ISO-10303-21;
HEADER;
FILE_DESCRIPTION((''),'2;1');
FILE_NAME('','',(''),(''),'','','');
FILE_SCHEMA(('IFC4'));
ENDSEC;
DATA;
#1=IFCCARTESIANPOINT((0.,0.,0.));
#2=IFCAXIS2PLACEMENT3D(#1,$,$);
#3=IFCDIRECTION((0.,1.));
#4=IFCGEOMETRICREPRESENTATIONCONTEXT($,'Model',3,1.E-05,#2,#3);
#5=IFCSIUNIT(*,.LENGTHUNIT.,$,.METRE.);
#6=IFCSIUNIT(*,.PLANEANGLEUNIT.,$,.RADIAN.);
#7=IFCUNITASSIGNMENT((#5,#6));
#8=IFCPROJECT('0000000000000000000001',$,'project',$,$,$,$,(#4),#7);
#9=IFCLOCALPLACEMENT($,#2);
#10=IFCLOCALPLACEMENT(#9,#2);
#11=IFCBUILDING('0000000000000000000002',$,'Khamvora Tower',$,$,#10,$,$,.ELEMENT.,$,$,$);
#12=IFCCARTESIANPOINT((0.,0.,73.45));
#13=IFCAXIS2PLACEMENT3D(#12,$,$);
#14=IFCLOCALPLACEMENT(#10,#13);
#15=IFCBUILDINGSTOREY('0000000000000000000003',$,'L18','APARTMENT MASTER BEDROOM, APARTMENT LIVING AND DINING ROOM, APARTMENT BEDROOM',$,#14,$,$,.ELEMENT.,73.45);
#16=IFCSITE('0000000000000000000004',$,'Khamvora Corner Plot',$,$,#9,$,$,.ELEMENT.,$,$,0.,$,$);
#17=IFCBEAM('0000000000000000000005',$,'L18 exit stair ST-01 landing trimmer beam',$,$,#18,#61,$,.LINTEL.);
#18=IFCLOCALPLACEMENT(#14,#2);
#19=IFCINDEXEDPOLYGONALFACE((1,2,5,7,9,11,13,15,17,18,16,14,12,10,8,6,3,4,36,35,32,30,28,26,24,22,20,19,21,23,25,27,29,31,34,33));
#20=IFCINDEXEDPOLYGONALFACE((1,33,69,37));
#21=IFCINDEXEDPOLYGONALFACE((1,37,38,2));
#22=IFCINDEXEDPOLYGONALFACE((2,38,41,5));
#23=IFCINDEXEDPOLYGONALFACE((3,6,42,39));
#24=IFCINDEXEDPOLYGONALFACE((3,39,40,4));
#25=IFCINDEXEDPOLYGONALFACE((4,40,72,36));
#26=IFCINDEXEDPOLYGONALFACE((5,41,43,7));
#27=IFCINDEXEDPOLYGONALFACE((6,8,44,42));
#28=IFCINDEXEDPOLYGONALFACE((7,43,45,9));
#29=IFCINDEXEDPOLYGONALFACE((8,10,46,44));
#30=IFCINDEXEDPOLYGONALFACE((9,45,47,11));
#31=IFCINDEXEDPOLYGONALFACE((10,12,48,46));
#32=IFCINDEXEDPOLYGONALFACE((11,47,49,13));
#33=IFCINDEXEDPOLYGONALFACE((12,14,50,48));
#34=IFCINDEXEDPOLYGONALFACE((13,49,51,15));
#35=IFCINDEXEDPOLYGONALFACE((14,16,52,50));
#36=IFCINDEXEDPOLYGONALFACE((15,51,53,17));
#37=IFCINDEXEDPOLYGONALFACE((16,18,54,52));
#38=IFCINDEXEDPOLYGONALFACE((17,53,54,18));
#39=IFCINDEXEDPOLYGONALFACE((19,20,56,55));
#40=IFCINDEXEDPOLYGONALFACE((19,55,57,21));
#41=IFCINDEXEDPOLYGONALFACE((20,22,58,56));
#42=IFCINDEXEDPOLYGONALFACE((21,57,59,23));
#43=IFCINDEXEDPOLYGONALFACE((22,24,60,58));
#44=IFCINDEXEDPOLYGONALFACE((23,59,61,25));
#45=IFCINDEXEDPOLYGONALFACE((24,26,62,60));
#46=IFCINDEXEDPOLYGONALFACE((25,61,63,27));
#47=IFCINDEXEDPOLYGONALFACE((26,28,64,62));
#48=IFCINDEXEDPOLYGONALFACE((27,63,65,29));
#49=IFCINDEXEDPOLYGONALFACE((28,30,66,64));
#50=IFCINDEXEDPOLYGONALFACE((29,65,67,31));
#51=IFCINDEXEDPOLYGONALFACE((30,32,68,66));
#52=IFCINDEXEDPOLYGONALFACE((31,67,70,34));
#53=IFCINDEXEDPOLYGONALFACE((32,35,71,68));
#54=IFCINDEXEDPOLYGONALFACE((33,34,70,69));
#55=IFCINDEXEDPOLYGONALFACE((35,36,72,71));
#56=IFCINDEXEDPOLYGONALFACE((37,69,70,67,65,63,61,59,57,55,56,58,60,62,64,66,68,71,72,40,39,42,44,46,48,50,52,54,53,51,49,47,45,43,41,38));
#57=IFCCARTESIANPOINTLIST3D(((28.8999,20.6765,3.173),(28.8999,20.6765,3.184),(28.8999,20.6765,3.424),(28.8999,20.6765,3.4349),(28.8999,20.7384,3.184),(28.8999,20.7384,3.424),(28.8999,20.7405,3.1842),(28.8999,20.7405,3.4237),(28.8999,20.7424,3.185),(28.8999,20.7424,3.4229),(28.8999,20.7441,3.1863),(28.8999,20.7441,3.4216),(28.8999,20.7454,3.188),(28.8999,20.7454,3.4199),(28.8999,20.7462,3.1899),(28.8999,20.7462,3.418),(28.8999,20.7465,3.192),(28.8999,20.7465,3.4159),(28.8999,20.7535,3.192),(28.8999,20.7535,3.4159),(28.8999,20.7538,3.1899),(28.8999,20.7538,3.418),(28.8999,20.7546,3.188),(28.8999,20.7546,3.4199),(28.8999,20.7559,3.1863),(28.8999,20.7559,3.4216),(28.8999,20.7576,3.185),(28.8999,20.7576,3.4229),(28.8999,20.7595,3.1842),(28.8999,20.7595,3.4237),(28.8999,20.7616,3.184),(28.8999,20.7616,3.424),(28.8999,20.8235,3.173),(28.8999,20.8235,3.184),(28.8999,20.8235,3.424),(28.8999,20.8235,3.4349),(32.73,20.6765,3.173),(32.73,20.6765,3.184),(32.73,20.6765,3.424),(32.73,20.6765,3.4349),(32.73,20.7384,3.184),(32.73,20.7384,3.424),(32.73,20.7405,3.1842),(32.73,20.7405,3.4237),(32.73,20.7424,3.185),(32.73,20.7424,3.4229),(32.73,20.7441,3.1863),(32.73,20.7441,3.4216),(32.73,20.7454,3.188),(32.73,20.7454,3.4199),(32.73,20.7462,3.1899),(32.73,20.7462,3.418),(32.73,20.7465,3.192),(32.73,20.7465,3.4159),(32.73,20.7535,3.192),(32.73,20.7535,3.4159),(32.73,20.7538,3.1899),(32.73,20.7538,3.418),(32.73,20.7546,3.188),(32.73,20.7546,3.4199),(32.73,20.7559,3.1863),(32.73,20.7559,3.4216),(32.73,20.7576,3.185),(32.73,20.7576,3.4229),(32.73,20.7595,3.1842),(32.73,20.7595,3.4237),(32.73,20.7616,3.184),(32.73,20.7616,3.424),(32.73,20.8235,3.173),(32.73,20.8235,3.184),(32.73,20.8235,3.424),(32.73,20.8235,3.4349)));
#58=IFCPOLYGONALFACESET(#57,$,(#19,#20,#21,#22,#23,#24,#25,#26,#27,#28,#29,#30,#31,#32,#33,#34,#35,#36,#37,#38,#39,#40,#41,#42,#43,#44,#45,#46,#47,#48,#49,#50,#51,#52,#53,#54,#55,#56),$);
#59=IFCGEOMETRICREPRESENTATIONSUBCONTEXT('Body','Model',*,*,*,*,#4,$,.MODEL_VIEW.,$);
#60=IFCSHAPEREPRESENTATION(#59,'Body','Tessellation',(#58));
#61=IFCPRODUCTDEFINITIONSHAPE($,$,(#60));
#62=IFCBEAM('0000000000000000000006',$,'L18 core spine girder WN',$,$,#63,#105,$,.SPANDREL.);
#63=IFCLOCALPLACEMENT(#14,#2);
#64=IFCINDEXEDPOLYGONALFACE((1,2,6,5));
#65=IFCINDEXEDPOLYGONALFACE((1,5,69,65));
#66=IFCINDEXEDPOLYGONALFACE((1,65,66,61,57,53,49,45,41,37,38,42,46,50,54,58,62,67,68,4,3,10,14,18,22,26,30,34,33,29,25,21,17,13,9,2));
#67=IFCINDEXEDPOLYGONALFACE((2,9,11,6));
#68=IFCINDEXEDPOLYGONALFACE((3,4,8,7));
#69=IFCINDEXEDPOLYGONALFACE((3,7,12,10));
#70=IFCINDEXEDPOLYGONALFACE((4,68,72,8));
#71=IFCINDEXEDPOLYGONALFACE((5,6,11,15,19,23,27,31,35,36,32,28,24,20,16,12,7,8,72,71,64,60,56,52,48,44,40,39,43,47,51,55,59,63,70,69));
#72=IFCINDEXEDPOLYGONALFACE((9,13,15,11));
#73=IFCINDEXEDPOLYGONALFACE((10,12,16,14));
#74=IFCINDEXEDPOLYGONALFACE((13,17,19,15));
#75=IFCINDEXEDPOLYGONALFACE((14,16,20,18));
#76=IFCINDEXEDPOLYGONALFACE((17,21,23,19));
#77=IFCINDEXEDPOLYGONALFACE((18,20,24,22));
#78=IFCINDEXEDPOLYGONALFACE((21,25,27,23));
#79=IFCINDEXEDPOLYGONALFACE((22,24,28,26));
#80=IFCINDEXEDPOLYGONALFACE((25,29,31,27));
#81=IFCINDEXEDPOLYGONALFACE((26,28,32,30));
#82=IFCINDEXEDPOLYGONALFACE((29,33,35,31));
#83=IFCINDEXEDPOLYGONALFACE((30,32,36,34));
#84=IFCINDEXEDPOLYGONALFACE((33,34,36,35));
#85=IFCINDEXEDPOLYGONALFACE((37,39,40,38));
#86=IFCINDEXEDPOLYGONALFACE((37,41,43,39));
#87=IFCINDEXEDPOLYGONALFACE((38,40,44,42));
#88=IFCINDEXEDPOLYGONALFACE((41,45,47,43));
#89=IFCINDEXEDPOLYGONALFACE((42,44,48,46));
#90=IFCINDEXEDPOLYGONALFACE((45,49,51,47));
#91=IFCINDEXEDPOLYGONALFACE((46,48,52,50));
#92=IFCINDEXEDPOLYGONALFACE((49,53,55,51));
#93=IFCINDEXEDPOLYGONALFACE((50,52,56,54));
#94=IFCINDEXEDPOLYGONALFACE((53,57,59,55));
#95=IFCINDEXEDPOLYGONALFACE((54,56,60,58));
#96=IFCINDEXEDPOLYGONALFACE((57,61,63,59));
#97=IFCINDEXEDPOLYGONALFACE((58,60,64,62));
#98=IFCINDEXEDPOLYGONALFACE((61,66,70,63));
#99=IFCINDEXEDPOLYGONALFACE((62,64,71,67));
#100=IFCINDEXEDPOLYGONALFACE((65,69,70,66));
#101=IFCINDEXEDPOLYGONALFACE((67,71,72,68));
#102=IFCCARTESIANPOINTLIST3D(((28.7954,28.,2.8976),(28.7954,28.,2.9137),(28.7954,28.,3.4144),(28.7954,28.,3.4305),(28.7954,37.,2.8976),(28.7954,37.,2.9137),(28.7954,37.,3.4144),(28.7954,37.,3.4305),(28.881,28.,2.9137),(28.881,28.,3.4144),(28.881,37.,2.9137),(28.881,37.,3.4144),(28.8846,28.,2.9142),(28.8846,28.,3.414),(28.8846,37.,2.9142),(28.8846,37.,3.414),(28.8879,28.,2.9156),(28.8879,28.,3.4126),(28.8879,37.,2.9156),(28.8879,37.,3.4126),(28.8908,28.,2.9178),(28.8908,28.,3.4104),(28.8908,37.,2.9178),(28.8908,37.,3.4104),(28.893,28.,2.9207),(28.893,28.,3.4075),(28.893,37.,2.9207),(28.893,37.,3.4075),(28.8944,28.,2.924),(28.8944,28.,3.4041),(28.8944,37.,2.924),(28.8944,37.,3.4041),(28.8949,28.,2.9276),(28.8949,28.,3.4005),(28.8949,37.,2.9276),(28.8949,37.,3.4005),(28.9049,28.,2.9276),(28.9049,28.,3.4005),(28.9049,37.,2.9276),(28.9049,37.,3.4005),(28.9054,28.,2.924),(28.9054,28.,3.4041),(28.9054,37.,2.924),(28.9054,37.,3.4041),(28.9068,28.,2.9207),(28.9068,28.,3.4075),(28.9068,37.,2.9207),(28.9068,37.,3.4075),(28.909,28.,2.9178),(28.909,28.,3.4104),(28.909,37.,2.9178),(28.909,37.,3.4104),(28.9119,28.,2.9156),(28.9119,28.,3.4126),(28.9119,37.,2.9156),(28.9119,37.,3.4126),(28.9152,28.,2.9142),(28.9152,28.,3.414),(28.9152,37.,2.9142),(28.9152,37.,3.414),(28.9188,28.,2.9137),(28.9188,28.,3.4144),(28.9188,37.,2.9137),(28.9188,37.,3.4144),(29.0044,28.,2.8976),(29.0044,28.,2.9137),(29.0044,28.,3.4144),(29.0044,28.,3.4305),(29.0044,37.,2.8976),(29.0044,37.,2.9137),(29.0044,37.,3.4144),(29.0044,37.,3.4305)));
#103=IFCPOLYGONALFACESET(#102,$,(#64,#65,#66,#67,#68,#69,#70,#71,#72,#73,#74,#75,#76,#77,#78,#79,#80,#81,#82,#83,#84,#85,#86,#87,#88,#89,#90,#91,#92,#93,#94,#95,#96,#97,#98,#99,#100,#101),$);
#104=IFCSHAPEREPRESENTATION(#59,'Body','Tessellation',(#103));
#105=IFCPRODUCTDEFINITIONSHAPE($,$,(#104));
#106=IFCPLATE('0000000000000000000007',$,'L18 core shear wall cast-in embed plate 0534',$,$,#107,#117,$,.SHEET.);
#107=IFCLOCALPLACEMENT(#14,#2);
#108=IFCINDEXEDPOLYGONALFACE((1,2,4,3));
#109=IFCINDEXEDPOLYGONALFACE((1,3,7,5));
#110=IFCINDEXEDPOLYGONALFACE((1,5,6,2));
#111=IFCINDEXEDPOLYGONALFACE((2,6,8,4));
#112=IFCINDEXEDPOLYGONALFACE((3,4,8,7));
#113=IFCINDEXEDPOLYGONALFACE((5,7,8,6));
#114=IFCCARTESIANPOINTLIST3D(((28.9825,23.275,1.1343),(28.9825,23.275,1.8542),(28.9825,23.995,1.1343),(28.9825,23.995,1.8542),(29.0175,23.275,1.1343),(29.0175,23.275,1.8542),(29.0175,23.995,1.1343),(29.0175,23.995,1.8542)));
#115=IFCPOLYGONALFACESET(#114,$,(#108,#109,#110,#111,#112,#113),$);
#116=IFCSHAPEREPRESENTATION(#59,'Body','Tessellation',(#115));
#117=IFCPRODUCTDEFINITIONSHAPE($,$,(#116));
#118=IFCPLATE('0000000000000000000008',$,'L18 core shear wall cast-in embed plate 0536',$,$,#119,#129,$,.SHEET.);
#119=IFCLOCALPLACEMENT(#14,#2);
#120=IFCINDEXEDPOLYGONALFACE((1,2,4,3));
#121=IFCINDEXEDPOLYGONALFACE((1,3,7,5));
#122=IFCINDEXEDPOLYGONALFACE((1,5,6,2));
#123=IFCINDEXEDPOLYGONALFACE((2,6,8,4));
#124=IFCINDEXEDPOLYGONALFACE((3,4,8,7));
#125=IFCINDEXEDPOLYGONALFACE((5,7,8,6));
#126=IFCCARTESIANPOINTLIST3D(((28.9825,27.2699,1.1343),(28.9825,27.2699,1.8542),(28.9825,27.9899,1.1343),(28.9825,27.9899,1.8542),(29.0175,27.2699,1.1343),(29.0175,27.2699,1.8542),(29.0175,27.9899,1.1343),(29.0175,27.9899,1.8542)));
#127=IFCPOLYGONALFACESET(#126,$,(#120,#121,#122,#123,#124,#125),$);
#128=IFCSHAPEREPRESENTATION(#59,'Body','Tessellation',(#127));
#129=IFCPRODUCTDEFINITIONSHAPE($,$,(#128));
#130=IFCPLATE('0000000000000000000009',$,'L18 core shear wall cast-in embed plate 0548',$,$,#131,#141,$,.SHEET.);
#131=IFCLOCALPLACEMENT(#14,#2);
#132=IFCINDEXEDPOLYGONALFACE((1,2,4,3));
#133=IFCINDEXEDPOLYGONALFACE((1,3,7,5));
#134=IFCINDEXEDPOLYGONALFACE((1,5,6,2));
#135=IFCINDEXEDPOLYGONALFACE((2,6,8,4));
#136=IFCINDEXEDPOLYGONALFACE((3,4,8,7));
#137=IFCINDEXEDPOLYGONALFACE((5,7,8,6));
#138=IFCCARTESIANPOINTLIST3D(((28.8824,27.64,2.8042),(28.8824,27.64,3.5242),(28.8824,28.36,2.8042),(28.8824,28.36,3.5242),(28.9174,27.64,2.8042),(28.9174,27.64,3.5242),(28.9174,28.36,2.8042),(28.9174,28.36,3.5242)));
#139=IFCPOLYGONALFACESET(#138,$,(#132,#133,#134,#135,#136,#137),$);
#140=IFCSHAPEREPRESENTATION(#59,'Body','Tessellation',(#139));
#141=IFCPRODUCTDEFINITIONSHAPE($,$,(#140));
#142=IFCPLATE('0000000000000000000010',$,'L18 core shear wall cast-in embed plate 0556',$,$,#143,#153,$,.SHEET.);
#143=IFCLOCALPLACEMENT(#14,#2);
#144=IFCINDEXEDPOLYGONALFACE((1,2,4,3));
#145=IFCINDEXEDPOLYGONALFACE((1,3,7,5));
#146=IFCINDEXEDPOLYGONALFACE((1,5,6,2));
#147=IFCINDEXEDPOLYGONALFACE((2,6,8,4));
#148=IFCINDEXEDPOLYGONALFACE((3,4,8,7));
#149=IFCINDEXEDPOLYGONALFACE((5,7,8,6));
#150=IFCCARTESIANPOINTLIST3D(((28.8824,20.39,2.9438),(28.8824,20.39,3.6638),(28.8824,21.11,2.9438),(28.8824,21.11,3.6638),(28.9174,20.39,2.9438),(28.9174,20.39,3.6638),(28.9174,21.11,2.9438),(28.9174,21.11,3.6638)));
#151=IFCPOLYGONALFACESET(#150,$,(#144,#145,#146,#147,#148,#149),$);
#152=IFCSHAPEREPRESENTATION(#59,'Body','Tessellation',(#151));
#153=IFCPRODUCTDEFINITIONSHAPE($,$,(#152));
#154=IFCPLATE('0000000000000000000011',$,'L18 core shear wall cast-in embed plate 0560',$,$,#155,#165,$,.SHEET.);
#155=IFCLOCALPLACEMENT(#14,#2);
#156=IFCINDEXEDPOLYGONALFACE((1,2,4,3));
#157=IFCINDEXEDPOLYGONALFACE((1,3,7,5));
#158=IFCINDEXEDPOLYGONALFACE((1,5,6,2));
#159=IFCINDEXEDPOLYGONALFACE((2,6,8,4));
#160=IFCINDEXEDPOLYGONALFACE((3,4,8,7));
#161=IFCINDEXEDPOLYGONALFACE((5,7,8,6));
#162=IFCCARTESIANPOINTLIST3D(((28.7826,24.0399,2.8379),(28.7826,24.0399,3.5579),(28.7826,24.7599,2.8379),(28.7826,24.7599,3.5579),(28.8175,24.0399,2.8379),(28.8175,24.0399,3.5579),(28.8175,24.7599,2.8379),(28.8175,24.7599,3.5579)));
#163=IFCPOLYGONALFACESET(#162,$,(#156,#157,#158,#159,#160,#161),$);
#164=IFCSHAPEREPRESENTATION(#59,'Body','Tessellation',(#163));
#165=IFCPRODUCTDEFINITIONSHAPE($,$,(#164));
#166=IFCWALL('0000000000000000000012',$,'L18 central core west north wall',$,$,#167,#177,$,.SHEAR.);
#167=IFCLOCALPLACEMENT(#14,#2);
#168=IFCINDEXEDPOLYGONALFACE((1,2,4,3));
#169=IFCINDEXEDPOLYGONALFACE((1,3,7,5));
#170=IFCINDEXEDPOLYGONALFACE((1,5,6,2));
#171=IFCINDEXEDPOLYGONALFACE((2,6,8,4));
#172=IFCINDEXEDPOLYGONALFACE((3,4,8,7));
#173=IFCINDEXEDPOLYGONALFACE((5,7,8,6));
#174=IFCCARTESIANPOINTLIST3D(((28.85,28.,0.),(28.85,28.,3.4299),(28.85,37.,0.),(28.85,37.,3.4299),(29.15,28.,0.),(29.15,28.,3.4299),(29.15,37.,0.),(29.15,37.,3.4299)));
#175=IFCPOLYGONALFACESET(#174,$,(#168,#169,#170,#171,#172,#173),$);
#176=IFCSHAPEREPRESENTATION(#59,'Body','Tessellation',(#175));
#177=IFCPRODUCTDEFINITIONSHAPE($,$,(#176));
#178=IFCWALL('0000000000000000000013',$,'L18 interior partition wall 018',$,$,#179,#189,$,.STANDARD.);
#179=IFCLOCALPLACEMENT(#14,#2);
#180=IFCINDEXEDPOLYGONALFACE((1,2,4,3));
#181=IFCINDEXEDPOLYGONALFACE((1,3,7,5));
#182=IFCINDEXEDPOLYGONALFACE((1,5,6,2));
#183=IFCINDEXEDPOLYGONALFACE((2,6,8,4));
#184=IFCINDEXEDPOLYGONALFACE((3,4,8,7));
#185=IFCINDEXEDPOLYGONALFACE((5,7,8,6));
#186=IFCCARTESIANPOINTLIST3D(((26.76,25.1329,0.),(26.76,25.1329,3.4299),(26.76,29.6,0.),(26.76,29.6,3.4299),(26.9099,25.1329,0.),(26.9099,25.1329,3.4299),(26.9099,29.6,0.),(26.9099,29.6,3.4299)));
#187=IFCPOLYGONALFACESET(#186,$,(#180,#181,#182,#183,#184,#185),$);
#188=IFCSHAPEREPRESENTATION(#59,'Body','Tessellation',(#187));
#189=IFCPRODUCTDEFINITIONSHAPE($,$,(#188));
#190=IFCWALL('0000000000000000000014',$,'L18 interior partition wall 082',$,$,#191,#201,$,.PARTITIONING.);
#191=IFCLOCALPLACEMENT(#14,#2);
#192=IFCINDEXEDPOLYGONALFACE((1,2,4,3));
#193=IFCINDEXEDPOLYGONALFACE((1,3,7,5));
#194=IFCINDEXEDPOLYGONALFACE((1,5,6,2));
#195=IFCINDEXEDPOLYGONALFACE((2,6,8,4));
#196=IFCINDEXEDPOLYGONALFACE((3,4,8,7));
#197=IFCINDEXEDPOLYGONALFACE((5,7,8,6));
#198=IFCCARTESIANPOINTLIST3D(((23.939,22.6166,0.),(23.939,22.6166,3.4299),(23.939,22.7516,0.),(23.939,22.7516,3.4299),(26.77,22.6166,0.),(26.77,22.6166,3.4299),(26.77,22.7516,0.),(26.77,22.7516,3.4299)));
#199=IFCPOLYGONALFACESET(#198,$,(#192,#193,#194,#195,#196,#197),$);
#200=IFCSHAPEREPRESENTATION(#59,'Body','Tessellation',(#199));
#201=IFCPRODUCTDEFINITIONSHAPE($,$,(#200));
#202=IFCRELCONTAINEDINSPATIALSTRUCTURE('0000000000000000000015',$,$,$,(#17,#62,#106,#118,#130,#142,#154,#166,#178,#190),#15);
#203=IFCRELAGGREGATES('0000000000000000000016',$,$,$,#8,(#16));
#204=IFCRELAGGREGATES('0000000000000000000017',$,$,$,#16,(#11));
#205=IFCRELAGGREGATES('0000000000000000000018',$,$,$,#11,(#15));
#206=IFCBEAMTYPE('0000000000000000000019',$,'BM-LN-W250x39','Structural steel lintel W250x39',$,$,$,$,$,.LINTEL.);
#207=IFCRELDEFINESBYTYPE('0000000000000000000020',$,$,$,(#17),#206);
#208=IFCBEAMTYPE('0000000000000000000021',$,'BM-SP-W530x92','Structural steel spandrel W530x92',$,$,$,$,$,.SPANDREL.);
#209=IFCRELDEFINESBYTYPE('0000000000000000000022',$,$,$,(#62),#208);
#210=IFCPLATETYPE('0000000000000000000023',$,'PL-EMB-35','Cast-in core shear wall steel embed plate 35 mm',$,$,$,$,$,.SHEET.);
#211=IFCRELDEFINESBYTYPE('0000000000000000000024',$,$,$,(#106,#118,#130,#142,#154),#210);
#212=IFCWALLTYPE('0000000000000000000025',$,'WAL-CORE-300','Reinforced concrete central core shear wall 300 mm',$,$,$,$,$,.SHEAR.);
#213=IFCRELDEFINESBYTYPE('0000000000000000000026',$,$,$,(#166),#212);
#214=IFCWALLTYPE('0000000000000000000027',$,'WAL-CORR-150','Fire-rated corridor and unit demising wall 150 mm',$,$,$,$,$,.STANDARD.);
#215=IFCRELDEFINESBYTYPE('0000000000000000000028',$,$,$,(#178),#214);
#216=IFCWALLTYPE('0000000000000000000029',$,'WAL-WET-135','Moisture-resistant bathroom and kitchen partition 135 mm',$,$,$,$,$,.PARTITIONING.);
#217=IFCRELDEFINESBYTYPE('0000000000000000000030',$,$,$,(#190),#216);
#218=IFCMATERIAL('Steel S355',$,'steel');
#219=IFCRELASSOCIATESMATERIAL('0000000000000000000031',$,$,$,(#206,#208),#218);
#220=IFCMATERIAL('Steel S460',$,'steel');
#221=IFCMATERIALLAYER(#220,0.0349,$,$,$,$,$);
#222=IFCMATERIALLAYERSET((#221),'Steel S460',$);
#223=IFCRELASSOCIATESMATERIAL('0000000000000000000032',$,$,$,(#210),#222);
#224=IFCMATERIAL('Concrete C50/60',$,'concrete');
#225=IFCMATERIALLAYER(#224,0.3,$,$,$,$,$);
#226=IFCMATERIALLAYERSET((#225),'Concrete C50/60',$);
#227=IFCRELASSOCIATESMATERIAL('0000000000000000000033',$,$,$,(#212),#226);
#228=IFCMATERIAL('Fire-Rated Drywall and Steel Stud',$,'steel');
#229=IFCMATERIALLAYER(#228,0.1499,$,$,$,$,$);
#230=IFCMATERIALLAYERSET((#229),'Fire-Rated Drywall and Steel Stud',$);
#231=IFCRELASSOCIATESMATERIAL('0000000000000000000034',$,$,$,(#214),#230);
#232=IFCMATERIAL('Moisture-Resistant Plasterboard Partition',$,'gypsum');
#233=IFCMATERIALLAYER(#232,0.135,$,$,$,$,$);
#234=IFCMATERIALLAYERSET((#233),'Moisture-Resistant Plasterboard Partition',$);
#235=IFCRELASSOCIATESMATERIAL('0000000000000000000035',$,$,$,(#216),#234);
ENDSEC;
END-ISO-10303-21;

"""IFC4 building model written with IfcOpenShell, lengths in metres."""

from ifc_helpers import new_model, si_unit, direction, frame, frame_2d, origin, origin_2d, place, context, subcontext, project, spatial, rectangle, i_section, extrude, material, layer, layer_set, material_profile, profile_set, type_object, element, save


model = new_model("IFC4")

# Units and contexts
model_context = context("Model", 3, precision=1e-05, world=origin(), true_north=direction((0.0, 1.0)))
body_context = subcontext(model_context, "Body", "Model", "MODEL_VIEW")
ifc_project = project(units=[si_unit("LENGTHUNIT", "METRE"), si_unit("PLANEANGLEUNIT", "RADIAN")], contexts=[model_context])

# Site, building, storey
site_placement = place(None, origin())
site = spatial("IfcSite", under=ifc_project, at=site_placement, Name="Khamvora Corner Plot", CompositionType="ELEMENT", RefElevation=0.0)
building_placement = place(site_placement, origin())
building = spatial("IfcBuilding", under=site, at=building_placement, Name="Khamvora Tower", CompositionType="ELEMENT")
storey_placement = place(building_placement, frame((0.0, 0.0, 73.45)))
storey = spatial("IfcBuildingStorey", under=building, at=storey_placement, Name="L18", Description="APARTMENT MASTER BEDROOM, APARTMENT LIVING AND DINING ROOM, APARTMENT BEDROOM", CompositionType="ELEMENT", Elevation=73.45)

# Shared definitions
ifc_material_1 = material(Name="Steel S460", Category="steel")

# Beams
ifc_material_2 = material(Name="Steel S355", Category="steel")
ifc_material_profile_1 = material_profile(ifc_material_2, i_section(OverallWidth=0.147, OverallDepth=0.262, WebThickness=0.0071, FlangeThickness=0.011, FilletRadius=0.0081, at=origin_2d()), Name="W250x39")
ifc_profile_set_1 = profile_set([ifc_material_profile_1], Name="Steel S355")
beam_type_1 = type_object("IfcBeamType", Name="BM-LN-W250x39", Description="Structural steel lintel W250x39", PredefinedType="LINTEL", material=ifc_profile_set_1)
beam_1_placement = place(storey_placement, frame((28.8999, 20.75, 3.304), z_axis=(1.0, 0.0, 0.0), x_axis=(0.0, 1.0, 0.0)))
element("IfcBeam", 1, at=beam_1_placement, inside=storey, type_object=beam_type_1, Name="L18 exit stair ST-01 landing trimmer beam", PredefinedType="LINTEL", context=body_context, shape_type="SweptSolid", body=[
    extrude(i_section(OverallWidth=0.147, OverallDepth=0.262, WebThickness=0.0071, FlangeThickness=0.011, FilletRadius=0.0081, at=origin_2d()), origin(), (0.0, 0.0, 1.0), 3.8301),
])
ifc_material_profile_2 = material_profile(ifc_material_2, i_section(OverallWidth=0.209, OverallDepth=0.533, WebThickness=0.01, FlangeThickness=0.0161, FilletRadius=0.0139, at=origin_2d()), Name="W530x92")
ifc_profile_set_2 = profile_set([ifc_material_profile_2], Name="Steel S355")
beam_type_2 = type_object("IfcBeamType", Name="BM-SP-W530x92", Description="Structural steel spandrel W530x92", PredefinedType="SPANDREL", material=ifc_profile_set_2)
beam_2_placement = place(storey_placement, frame((28.8999, 28.0, 3.1641), z_axis=(0.0, 1.0, 0.0), x_axis=(-1.0, 0.0, 0.0)))
element("IfcBeam", 2, at=beam_2_placement, inside=storey, type_object=beam_type_2, Name="L18 core spine girder WN", PredefinedType="SPANDREL", context=body_context, shape_type="SweptSolid", body=[
    extrude(i_section(OverallWidth=0.209, OverallDepth=0.533, WebThickness=0.01, FlangeThickness=0.0161, FilletRadius=0.0139, at=origin_2d()), origin(), (0.0, 0.0, 1.0), 9.0),
])

# Plates
ifc_layer_1 = layer(ifc_material_1, 0.0349)
ifc_layer_set_1 = layer_set([ifc_layer_1], Name="Steel S460")
plate_type = type_object("IfcPlateType", Name="PL-EMB-35", Description="Cast-in core shear wall steel embed plate 35 mm", PredefinedType="SHEET", material=ifc_layer_set_1)
for number, where, z_axis, x_axis, name in (
    (3, (29.0, 23.635, 1.1343), (0.0, 0.0, 1.0), (1.0, 0.0, 0.0), "L18 core shear wall cast-in embed plate 0534"),
    (4, (29.0, 27.6299, 1.1343), (0.0, 0.0, 1.0), (1.0, 0.0, 0.0), "L18 core shear wall cast-in embed plate 0536"),
    (5, (28.8999, 28.0, 2.8042), (0.0, 0.0, 1.0), (1.0, 0.0, 0.0), "L18 core shear wall cast-in embed plate 0548"),
    (6, (28.8999, 20.75, 2.9438), (0.0, 0.0, 1.0), (1.0, 0.0, 0.0), "L18 core shear wall cast-in embed plate 0556"),
    (7, (28.8, 24.3999, 2.8379), (0.0, 0.0, 1.0), (1.0, 0.0, 0.0), "L18 core shear wall cast-in embed plate 0560"),
):
    element("IfcPlate", number, at=place(storey_placement, frame(where, z_axis=z_axis, x_axis=x_axis)), inside=storey, type_object=plate_type, Name=name, PredefinedType="SHEET", context=body_context, shape_type="SweptSolid", body=[
        extrude(rectangle(XDim=0.0349, YDim=0.72, at=origin_2d()), origin(), (0.0, 0.0, 1.0), 0.72),
    ])

# Wall
ifc_material_3 = material(Name="Concrete C50/60", Category="concrete")
ifc_layer_2 = layer(ifc_material_3, 0.3)
ifc_layer_set_2 = layer_set([ifc_layer_2], Name="Concrete C50/60")
wall_type_1 = type_object("IfcWallType", Name="WAL-CORE-300", Description="Reinforced concrete central core shear wall 300 mm", PredefinedType="SHEAR", material=ifc_layer_set_2)
wall_1_placement = place(storey_placement, frame((29.0, 28.0, 0.0), z_axis=(0.0, 0.0, 1.0), x_axis=(0.0, 1.0, 0.0)))
element("IfcWall", 8, at=wall_1_placement, inside=storey, type_object=wall_type_1, Name="L18 central core west north wall", PredefinedType="SHEAR", context=body_context, shape_type="SweptSolid", body=[
    extrude(rectangle(XDim=9.0, YDim=0.3, at=frame_2d((4.5, 0.0))), origin(), (0.0, 0.0, 1.0), 3.4299),
])

# Shared definitions
ifc_material_4 = material(Name="Fire-Rated Drywall and Steel Stud", Category="steel")
ifc_layer_3 = layer(ifc_material_4, 0.1499)
ifc_layer_set_3 = layer_set([ifc_layer_3], Name="Fire-Rated Drywall and Steel Stud")
wall_type_2 = type_object("IfcWallType", Name="WAL-CORR-150", Description="Fire-rated corridor and unit demising wall 150 mm", PredefinedType="STANDARD", material=ifc_layer_set_3)

# Walls
wall_2_placement = place(storey_placement, frame((26.835, 25.1331, 0.0), z_axis=(0.0, 0.0, 1.0), x_axis=(0.0, 1.0, 0.0)))
element("IfcWall", 9, at=wall_2_placement, inside=storey, type_object=wall_type_2, Name="L18 interior partition wall 018", PredefinedType="STANDARD", context=body_context, shape_type="SweptSolid", body=[
    extrude(rectangle(XDim=4.467, YDim=0.1499, at=frame_2d((2.2334, 0.0))), origin(), (0.0, 0.0, 1.0), 3.4299),
])
ifc_material_5 = material(Name="Moisture-Resistant Plasterboard Partition", Category="gypsum")
ifc_layer_4 = layer(ifc_material_5, 0.135)
ifc_layer_set_4 = layer_set([ifc_layer_4], Name="Moisture-Resistant Plasterboard Partition")
wall_type_3 = type_object("IfcWallType", Name="WAL-WET-135", Description="Moisture-resistant bathroom and kitchen partition 135 mm", PredefinedType="PARTITIONING", material=ifc_layer_set_4)
wall_3_placement = place(storey_placement, frame((26.77, 22.6841, 0.0), z_axis=(0.0, 0.0, 1.0), x_axis=(-1.0, 0.0, 0.0)))
element("IfcWall", 10, at=wall_3_placement, inside=storey, type_object=wall_type_3, Name="L18 interior partition wall 082", PredefinedType="PARTITIONING", context=body_context, shape_type="SweptSolid", body=[
    extrude(rectangle(XDim=2.8311, YDim=0.135, at=frame_2d((1.4155, 0.0))), origin(), (0.0, 0.0, 1.0), 3.4299),
])

save(model, "model.ifc")
